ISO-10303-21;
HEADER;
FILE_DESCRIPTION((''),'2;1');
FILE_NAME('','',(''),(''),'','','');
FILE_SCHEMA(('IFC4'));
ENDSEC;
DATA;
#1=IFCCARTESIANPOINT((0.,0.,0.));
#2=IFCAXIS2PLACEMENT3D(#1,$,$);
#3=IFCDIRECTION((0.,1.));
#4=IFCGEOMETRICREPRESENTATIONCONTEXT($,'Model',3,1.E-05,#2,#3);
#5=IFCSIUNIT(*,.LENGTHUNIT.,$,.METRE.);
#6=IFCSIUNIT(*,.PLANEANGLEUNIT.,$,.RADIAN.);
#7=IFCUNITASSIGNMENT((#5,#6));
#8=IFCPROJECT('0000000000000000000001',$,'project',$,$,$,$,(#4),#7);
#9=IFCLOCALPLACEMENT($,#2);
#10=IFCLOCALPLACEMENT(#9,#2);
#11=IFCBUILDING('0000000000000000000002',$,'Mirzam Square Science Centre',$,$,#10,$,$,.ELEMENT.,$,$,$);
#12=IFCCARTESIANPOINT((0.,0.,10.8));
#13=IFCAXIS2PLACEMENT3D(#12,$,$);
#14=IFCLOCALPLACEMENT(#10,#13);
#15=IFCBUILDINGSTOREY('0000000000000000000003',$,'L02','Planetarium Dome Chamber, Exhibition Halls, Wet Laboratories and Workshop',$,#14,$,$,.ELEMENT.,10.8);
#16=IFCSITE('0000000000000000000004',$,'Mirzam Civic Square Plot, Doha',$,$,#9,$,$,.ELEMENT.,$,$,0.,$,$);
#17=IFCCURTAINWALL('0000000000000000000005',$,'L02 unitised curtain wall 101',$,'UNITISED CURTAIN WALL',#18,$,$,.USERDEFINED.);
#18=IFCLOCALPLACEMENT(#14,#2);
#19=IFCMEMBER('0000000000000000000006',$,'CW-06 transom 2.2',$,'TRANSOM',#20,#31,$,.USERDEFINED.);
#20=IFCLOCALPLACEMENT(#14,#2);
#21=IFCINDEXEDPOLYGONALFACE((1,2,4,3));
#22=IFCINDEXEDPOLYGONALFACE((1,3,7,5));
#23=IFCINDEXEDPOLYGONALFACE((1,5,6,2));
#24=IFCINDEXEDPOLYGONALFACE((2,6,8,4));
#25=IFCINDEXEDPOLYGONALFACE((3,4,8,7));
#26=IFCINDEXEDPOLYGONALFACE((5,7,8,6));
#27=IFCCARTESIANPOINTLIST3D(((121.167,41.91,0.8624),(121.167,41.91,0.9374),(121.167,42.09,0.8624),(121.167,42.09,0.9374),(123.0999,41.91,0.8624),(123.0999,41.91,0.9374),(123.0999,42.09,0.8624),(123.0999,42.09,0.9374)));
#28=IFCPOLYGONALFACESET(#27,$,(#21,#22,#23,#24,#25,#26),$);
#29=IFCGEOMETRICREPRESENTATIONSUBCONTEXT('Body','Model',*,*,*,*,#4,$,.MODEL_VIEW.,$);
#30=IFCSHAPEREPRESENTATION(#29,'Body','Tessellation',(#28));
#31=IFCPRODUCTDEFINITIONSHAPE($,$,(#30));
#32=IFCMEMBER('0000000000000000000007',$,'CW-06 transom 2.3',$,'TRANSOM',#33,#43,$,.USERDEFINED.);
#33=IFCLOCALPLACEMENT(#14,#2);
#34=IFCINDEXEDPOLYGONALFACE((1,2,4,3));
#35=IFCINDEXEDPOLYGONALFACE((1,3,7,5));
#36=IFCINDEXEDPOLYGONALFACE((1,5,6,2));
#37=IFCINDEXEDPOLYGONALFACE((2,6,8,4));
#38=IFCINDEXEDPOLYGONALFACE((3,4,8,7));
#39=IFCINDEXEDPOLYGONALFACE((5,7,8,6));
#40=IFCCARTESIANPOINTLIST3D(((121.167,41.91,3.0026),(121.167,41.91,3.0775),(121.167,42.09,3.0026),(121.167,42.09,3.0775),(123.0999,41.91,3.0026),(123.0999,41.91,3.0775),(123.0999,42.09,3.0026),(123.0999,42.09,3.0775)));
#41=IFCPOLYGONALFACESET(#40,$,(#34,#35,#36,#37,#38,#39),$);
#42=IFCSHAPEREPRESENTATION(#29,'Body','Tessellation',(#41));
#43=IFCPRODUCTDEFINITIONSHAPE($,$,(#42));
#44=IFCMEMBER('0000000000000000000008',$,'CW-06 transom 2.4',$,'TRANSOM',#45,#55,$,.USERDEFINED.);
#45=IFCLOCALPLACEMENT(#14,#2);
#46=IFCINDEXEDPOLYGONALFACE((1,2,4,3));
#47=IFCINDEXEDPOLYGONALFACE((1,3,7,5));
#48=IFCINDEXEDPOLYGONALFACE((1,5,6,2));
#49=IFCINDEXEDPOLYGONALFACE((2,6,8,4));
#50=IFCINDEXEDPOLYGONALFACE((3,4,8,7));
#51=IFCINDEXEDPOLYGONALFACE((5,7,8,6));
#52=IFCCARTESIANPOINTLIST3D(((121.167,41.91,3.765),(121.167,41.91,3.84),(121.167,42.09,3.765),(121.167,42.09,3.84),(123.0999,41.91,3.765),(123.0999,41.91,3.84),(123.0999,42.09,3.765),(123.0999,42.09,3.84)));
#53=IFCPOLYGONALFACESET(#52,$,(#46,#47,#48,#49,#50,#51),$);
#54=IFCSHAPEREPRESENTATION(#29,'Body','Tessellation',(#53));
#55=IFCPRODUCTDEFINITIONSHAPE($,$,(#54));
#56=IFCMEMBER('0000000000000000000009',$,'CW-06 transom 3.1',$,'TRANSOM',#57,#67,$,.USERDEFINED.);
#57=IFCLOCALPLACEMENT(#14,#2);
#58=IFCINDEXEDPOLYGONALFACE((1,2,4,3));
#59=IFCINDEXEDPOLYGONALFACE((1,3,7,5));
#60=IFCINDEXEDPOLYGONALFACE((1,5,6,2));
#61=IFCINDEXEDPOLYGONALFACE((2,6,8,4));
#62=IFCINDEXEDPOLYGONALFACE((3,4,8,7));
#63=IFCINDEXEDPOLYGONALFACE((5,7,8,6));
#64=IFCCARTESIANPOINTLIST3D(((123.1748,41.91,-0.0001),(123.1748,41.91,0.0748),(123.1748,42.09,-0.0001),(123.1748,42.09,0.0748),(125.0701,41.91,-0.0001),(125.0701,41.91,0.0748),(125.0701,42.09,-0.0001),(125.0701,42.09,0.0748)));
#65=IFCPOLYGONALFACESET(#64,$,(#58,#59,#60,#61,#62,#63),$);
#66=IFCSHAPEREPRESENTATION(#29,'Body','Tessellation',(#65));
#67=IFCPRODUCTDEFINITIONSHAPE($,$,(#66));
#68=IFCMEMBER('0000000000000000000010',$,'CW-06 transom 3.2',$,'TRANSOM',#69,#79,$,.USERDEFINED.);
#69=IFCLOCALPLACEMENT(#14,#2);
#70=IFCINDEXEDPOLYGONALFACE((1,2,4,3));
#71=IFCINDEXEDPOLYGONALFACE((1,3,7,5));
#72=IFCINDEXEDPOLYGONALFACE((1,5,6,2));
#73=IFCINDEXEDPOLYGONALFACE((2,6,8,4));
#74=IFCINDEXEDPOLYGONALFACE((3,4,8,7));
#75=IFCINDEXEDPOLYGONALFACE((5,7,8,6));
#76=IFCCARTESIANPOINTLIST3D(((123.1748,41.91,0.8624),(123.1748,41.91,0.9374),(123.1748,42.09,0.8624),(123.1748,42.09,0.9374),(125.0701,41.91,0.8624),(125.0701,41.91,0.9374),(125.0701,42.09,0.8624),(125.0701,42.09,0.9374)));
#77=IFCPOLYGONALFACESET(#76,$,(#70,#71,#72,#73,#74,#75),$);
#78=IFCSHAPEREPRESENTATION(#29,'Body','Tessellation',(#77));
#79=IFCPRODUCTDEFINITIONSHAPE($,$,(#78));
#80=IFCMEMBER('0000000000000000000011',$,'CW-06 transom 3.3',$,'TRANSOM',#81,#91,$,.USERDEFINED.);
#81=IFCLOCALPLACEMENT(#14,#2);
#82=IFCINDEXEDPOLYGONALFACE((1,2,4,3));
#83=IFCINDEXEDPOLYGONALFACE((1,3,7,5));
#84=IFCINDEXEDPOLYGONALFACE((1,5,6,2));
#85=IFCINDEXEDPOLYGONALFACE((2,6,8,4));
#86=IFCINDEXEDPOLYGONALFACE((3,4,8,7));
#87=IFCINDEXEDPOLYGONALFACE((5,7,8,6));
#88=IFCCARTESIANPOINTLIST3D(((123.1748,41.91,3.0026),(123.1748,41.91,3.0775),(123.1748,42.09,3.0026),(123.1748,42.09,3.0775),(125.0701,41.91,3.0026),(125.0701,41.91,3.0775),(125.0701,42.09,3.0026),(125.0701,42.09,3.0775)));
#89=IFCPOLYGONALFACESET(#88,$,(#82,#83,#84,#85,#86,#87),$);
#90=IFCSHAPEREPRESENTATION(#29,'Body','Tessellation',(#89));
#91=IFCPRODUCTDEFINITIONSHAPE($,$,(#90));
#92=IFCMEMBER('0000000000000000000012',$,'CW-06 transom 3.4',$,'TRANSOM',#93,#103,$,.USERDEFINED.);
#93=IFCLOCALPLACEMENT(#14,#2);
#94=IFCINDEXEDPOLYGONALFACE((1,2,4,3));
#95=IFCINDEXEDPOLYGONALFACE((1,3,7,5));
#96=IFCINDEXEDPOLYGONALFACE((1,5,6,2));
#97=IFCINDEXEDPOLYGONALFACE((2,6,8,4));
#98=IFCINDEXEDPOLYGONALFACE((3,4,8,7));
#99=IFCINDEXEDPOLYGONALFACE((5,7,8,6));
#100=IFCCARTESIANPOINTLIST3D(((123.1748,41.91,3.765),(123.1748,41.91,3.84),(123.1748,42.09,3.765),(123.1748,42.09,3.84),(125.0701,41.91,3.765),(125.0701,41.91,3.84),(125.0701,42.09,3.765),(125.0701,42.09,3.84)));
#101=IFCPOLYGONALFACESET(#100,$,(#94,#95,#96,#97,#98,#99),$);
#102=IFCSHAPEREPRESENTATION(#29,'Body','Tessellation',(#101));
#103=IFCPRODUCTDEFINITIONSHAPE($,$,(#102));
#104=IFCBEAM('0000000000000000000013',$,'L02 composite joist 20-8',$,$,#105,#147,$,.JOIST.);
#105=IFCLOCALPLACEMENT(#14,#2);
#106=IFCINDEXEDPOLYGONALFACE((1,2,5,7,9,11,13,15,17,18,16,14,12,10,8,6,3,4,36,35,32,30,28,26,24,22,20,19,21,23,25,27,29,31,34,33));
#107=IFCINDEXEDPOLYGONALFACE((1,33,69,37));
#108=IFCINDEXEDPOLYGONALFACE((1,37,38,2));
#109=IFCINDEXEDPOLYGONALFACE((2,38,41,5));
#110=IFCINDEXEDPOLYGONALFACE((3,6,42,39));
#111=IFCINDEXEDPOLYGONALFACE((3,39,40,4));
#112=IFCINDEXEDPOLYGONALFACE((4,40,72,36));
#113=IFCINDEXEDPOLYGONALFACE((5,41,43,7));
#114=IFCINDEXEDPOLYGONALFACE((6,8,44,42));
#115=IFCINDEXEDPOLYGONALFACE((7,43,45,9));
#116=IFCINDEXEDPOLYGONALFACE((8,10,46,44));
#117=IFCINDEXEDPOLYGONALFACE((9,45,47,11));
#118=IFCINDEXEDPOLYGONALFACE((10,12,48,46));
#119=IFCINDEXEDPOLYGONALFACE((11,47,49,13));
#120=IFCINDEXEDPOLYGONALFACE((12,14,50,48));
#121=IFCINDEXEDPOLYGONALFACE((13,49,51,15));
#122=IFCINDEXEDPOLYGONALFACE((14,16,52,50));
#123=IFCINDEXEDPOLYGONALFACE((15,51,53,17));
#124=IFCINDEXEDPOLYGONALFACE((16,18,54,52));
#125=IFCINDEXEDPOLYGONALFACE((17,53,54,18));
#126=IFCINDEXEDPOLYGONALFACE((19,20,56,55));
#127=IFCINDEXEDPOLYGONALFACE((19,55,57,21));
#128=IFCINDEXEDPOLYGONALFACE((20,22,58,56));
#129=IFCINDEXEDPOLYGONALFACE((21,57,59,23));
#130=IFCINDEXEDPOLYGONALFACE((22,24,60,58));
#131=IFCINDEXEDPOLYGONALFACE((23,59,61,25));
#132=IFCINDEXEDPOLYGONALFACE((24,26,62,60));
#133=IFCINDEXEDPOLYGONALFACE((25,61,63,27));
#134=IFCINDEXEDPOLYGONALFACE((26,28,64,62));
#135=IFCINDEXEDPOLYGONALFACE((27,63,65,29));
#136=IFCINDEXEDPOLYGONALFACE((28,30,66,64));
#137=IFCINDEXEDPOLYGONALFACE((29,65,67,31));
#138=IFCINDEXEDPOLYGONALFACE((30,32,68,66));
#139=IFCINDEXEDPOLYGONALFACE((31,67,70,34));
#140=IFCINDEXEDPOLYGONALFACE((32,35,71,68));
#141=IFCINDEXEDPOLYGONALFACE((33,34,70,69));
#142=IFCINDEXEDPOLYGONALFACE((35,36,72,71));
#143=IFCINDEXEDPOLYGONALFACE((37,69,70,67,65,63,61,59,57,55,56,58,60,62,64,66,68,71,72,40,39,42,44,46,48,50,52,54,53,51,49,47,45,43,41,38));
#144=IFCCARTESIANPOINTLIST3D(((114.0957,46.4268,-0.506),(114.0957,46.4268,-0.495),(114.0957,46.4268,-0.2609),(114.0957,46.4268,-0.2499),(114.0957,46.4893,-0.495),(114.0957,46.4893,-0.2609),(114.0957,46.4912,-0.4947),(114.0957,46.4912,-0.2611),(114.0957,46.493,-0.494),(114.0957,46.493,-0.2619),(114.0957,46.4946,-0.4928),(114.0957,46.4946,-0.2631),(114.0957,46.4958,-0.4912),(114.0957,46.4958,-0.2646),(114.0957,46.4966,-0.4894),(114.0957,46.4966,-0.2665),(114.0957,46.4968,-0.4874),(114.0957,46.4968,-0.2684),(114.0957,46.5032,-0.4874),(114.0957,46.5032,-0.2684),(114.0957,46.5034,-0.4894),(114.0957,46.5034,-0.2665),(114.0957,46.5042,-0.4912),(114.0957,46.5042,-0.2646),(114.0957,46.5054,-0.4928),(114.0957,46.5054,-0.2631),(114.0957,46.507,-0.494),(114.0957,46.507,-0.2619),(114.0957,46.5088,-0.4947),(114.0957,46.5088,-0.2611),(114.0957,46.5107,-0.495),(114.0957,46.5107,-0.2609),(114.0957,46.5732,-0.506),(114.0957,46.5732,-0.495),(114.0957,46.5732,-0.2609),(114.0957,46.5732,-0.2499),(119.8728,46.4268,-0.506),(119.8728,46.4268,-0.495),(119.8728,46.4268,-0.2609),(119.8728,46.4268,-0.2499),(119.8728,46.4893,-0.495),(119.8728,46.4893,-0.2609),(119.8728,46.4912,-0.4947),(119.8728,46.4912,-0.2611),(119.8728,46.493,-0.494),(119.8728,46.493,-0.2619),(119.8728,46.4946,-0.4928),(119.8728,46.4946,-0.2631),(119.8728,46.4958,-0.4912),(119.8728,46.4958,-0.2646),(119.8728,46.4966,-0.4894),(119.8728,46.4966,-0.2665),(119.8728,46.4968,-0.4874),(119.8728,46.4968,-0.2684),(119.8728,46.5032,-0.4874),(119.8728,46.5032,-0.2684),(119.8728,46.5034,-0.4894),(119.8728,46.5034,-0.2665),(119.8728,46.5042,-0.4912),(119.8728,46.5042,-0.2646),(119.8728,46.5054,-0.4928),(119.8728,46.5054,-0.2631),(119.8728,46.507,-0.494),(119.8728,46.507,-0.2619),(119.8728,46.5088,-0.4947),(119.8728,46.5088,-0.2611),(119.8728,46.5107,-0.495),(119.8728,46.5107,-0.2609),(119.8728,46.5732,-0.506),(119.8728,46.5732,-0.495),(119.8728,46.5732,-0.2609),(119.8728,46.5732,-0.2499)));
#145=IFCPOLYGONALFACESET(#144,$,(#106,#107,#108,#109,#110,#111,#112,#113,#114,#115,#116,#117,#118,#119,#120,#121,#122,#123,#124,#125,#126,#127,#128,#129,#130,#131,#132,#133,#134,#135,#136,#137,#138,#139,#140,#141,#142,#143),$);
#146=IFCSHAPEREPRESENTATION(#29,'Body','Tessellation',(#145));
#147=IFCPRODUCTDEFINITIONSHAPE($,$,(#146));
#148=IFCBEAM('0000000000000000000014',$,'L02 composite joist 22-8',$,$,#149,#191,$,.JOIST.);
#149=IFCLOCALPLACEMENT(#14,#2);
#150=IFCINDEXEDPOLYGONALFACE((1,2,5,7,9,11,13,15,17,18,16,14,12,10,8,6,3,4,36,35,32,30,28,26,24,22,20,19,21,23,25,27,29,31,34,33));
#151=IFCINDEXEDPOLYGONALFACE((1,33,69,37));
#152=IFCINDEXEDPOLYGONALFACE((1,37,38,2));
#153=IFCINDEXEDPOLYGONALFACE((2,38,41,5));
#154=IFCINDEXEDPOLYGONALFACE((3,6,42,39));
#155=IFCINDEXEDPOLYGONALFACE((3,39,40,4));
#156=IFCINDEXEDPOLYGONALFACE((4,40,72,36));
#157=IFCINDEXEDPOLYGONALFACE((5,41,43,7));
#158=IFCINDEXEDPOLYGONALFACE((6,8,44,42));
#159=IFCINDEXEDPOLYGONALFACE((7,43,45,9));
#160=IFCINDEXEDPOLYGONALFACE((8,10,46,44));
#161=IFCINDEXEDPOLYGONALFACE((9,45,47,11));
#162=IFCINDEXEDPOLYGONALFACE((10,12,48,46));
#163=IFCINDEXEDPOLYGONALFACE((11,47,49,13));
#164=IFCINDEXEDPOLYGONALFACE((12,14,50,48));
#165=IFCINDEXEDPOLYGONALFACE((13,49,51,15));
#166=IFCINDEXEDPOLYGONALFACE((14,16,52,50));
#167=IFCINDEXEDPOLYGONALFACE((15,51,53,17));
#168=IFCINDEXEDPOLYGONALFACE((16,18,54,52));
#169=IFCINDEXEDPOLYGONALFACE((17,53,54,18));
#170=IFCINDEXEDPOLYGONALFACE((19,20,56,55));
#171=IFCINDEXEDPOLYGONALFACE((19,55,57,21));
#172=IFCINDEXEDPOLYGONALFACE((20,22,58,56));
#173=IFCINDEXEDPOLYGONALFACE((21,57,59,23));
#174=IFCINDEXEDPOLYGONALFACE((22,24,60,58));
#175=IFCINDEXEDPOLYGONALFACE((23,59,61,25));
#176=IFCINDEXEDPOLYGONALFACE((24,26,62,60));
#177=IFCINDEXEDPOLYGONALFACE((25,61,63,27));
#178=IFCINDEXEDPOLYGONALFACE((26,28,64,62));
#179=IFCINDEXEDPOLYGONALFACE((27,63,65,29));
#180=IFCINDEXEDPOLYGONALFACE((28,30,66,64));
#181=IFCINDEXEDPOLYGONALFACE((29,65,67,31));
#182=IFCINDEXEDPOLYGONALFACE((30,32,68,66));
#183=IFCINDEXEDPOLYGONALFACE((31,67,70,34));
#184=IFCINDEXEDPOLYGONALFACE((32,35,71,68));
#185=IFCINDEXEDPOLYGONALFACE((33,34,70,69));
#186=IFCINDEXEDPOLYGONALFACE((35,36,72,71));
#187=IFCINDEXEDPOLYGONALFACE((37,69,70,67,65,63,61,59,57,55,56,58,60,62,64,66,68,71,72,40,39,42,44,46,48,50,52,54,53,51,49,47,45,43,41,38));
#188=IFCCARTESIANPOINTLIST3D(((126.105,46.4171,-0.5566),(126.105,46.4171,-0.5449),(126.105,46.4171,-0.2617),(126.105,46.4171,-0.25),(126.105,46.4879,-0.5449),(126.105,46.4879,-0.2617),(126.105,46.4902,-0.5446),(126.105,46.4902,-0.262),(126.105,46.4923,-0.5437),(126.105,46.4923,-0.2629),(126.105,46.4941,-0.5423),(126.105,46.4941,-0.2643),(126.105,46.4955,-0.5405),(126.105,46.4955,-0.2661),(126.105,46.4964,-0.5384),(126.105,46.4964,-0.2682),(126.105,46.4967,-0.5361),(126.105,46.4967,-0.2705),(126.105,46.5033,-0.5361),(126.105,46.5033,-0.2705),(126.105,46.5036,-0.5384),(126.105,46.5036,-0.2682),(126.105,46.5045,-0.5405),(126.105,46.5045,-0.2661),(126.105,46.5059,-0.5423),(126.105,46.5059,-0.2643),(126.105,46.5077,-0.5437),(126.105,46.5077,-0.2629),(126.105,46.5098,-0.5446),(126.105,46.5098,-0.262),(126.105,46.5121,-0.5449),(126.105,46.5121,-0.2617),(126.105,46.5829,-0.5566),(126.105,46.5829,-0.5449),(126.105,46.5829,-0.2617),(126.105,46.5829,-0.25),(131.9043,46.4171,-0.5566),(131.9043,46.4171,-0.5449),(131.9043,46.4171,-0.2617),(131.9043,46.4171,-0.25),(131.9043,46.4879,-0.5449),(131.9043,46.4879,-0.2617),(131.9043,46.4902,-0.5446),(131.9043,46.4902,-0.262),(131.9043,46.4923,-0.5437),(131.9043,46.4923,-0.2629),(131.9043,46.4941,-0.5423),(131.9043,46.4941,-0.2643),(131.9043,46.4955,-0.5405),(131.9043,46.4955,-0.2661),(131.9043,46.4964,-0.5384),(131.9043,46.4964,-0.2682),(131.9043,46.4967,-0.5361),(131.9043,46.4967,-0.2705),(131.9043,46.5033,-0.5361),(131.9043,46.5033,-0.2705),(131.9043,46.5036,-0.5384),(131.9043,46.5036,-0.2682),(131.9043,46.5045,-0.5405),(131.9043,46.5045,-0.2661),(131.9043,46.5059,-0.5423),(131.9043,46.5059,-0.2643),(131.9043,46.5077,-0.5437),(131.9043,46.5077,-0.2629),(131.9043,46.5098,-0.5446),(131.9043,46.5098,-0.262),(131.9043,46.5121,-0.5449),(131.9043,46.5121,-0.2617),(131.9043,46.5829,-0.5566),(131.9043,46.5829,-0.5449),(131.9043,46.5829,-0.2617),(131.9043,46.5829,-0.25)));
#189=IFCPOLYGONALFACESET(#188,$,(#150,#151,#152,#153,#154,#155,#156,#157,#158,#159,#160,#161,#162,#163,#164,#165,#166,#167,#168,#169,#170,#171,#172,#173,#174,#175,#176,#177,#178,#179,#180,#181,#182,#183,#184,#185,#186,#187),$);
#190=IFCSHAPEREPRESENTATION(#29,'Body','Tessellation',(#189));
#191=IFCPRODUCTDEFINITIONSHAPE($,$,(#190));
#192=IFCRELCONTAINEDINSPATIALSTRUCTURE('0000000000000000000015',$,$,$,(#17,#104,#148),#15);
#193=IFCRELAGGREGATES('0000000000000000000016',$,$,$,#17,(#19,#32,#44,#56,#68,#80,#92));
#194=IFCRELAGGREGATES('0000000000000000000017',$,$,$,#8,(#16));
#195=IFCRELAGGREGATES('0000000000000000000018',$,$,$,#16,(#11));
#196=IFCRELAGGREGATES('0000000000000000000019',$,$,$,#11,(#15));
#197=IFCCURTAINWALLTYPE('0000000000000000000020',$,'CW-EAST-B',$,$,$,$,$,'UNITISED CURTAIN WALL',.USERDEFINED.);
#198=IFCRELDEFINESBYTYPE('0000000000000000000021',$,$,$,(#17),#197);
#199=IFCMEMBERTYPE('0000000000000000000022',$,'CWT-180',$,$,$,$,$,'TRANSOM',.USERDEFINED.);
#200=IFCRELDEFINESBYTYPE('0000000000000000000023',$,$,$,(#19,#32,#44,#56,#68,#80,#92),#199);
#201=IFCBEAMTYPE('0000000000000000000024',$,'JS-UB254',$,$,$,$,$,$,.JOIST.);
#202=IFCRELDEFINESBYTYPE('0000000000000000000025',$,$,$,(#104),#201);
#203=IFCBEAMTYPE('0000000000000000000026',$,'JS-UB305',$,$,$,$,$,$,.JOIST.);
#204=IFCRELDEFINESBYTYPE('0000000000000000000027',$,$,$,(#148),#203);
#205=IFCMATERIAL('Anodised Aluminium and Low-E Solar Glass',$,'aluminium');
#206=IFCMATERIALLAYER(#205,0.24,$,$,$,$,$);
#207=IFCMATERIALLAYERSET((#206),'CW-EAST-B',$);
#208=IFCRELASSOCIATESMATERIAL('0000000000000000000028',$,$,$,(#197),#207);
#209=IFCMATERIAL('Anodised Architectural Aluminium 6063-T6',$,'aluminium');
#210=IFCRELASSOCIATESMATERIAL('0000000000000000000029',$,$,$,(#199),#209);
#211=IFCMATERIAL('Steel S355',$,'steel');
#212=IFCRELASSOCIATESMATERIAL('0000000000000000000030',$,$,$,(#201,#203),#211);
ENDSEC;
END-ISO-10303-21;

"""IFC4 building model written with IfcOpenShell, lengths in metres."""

from ifc_helpers import new_model, si_unit, direction, frame, origin, origin_2d, place, context, subcontext, project, spatial, rectangle, i_section, extrude, material, layer, layer_set, material_profile, profile_set, type_object, element, aggregate, save


model = new_model("IFC4")

# Units and contexts
model_context = context("Model", 3, precision=1e-05, world=origin(), true_north=direction((0.0, 1.0)))
body_context = subcontext(model_context, "Body", "Model", "MODEL_VIEW")
ifc_project = project(units=[si_unit("LENGTHUNIT", "METRE"), si_unit("PLANEANGLEUNIT", "RADIAN")], contexts=[model_context])

# Site, building, storey
site_placement = place(None, origin())
site = spatial("IfcSite", under=ifc_project, at=site_placement, Name="Mirzam Civic Square Plot, Doha", CompositionType="ELEMENT", RefElevation=0.0)
building_placement = place(site_placement, origin())
building = spatial("IfcBuilding", under=site, at=building_placement, Name="Mirzam Square Science Centre", CompositionType="ELEMENT")
storey_placement = place(building_placement, frame((0.0, 0.0, 10.8)))
storey = spatial("IfcBuildingStorey", under=building, at=storey_placement, Name="L02", Description="Planetarium Dome Chamber, Exhibition Halls, Wet Laboratories and Workshop", CompositionType="ELEMENT", Elevation=10.8)

# Shared definitions
ifc_material_1 = material(Name="Steel S355", Category="steel")

# Shared definitions
ifc_material_2 = material(Name="Anodised Aluminium and Low-E Solar Glass", Category="aluminium")
ifc_material_3 = material(Name="Anodised Architectural Aluminium 6063-T6", Category="aluminium")

# Curtain wall
ifc_layer_1 = layer(ifc_material_2, 0.24)
ifc_layer_set_1 = layer_set([ifc_layer_1], Name="CW-EAST-B")
curtain_wall_type_1 = type_object("IfcCurtainWallType", Name="CW-EAST-B", ElementType="UNITISED CURTAIN WALL", PredefinedType="USERDEFINED", material=ifc_layer_set_1)
curtain_wall_1_placement = place(storey_placement, origin())
curtain_wall_1 = element("IfcCurtainWall", 1, at=curtain_wall_1_placement, inside=storey, type_object=curtain_wall_type_1, Name="L02 unitised curtain wall 101", ObjectType="UNITISED CURTAIN WALL", PredefinedType="USERDEFINED")

# Members
ifc_material_profile_1 = material_profile(ifc_material_3, rectangle(XDim=0.1799, YDim=0.075, at=origin_2d()), Name="ALU-TRAN-180x75x5")
ifc_profile_set_1 = profile_set([ifc_material_profile_1], Name="Anodised Architectural Aluminium 6063-T6")
member_type_1 = type_object("IfcMemberType", Name="CWT-180", ElementType="TRANSOM", PredefinedType="USERDEFINED", material=ifc_profile_set_1)
member_1_placement = place(storey_placement, frame((121.167, 42.0, 0.8999), z_axis=(1.0, 0.0, 0.0), x_axis=(0.0, 1.0, 0.0)))
member_1 = element("IfcMember", 2, at=member_1_placement, type_object=member_type_1, Name="CW-06 transom 2.2", ObjectType="TRANSOM", PredefinedType="USERDEFINED", context=body_context, shape_type="SweptSolid", body=[
    extrude(rectangle(XDim=0.1799, YDim=0.075, at=origin_2d()), origin(), (0.0, 0.0, 1.0), 1.9329),
])
member_2_placement = place(storey_placement, frame((121.167, 42.0, 3.04), z_axis=(1.0, 0.0, 0.0), x_axis=(0.0, 1.0, 0.0)))
member_2 = element("IfcMember", 3, at=member_2_placement, type_object=member_type_1, Name="CW-06 transom 2.3", ObjectType="TRANSOM", PredefinedType="USERDEFINED", context=body_context, shape_type="SweptSolid", body=[
    extrude(rectangle(XDim=0.1799, YDim=0.075, at=origin_2d()), origin(), (0.0, 0.0, 1.0), 1.9329),
])
member_3_placement = place(storey_placement, frame((121.167, 42.0, 3.8025), z_axis=(1.0, 0.0, 0.0), x_axis=(0.0, 1.0, 0.0)))
member_3 = element("IfcMember", 4, at=member_3_placement, type_object=member_type_1, Name="CW-06 transom 2.4", ObjectType="TRANSOM", PredefinedType="USERDEFINED", context=body_context, shape_type="SweptSolid", body=[
    extrude(rectangle(XDim=0.1799, YDim=0.075, at=origin_2d()), origin(), (0.0, 0.0, 1.0), 1.9329),
])
member_4_placement = place(storey_placement, frame((123.1748, 42.0, 0.0374), z_axis=(1.0, 0.0, 0.0), x_axis=(0.0, 1.0, 0.0)))
member_4 = element("IfcMember", 5, at=member_4_placement, type_object=member_type_1, Name="CW-06 transom 3.1", ObjectType="TRANSOM", PredefinedType="USERDEFINED", context=body_context, shape_type="SweptSolid", body=[
    extrude(rectangle(XDim=0.1799, YDim=0.075, at=origin_2d()), origin(), (0.0, 0.0, 1.0), 1.8953),
])
member_5_placement = place(storey_placement, frame((123.1748, 42.0, 0.8999), z_axis=(1.0, 0.0, 0.0), x_axis=(0.0, 1.0, 0.0)))
member_5 = element("IfcMember", 6, at=member_5_placement, type_object=member_type_1, Name="CW-06 transom 3.2", ObjectType="TRANSOM", PredefinedType="USERDEFINED", context=body_context, shape_type="SweptSolid", body=[
    extrude(rectangle(XDim=0.1799, YDim=0.075, at=origin_2d()), origin(), (0.0, 0.0, 1.0), 1.8953),
])
member_6_placement = place(storey_placement, frame((123.1748, 42.0, 3.04), z_axis=(1.0, 0.0, 0.0), x_axis=(0.0, 1.0, 0.0)))
member_6 = element("IfcMember", 7, at=member_6_placement, type_object=member_type_1, Name="CW-06 transom 3.3", ObjectType="TRANSOM", PredefinedType="USERDEFINED", context=body_context, shape_type="SweptSolid", body=[
    extrude(rectangle(XDim=0.1799, YDim=0.075, at=origin_2d()), origin(), (0.0, 0.0, 1.0), 1.8953),
])
member_7_placement = place(storey_placement, frame((123.1748, 42.0, 3.8025), z_axis=(1.0, 0.0, 0.0), x_axis=(0.0, 1.0, 0.0)))
member_7 = element("IfcMember", 8, at=member_7_placement, type_object=member_type_1, Name="CW-06 transom 3.4", ObjectType="TRANSOM", PredefinedType="USERDEFINED", context=body_context, shape_type="SweptSolid", body=[
    extrude(rectangle(XDim=0.1799, YDim=0.075, at=origin_2d()), origin(), (0.0, 0.0, 1.0), 1.8953),
])

# Beams
ifc_material_profile_2 = material_profile(ifc_material_1, i_section(OverallWidth=0.1465, OverallDepth=0.2561, WebThickness=0.0063, FlangeThickness=0.011, FilletRadius=0.0076, at=origin_2d()), Name="254x146x37UB")
ifc_profile_set_2 = profile_set([ifc_material_profile_2], Name="Steel S355")
beam_type_1 = type_object("IfcBeamType", Name="JS-UB254", PredefinedType="JOIST", material=ifc_profile_set_2)
beam_1_placement = place(storey_placement, frame((114.0957, 46.5, -0.3779), z_axis=(1.0, 0.0, 0.0), x_axis=(0.0, 1.0, 0.0)))
element("IfcBeam", 9, at=beam_1_placement, inside=storey, type_object=beam_type_1, Name="L02 composite joist 20-8", PredefinedType="JOIST", context=body_context, shape_type="SweptSolid", body=[
    extrude(i_section(OverallWidth=0.1465, OverallDepth=0.2561, WebThickness=0.0063, FlangeThickness=0.011, FilletRadius=0.0076, at=origin_2d()), origin(), (0.0, 0.0, 1.0), 5.7771),
])
ifc_material_profile_3 = material_profile(ifc_material_1, i_section(OverallWidth=0.1658, OverallDepth=0.3066, WebThickness=0.0066, FlangeThickness=0.0117, FilletRadius=0.0088, at=origin_2d()), Name="305x165x46UB")
ifc_profile_set_3 = profile_set([ifc_material_profile_3], Name="Steel S355")
beam_type_2 = type_object("IfcBeamType", Name="JS-UB305", PredefinedType="JOIST", material=ifc_profile_set_3)
beam_2_placement = place(storey_placement, frame((126.105, 46.5, -0.4033), z_axis=(1.0, 0.0, 0.0), x_axis=(0.0, 1.0, 0.0)))
element("IfcBeam", 10, at=beam_2_placement, inside=storey, type_object=beam_type_2, Name="L02 composite joist 22-8", PredefinedType="JOIST", context=body_context, shape_type="SweptSolid", body=[
    extrude(i_section(OverallWidth=0.1658, OverallDepth=0.3066, WebThickness=0.0066, FlangeThickness=0.0117, FilletRadius=0.0088, at=origin_2d()), origin(), (0.0, 0.0, 1.0), 5.7993),
])

aggregate(curtain_wall_1, [member_1, member_2, member_3, member_4, member_5, member_6, member_7])

save(model, "model.ifc")
